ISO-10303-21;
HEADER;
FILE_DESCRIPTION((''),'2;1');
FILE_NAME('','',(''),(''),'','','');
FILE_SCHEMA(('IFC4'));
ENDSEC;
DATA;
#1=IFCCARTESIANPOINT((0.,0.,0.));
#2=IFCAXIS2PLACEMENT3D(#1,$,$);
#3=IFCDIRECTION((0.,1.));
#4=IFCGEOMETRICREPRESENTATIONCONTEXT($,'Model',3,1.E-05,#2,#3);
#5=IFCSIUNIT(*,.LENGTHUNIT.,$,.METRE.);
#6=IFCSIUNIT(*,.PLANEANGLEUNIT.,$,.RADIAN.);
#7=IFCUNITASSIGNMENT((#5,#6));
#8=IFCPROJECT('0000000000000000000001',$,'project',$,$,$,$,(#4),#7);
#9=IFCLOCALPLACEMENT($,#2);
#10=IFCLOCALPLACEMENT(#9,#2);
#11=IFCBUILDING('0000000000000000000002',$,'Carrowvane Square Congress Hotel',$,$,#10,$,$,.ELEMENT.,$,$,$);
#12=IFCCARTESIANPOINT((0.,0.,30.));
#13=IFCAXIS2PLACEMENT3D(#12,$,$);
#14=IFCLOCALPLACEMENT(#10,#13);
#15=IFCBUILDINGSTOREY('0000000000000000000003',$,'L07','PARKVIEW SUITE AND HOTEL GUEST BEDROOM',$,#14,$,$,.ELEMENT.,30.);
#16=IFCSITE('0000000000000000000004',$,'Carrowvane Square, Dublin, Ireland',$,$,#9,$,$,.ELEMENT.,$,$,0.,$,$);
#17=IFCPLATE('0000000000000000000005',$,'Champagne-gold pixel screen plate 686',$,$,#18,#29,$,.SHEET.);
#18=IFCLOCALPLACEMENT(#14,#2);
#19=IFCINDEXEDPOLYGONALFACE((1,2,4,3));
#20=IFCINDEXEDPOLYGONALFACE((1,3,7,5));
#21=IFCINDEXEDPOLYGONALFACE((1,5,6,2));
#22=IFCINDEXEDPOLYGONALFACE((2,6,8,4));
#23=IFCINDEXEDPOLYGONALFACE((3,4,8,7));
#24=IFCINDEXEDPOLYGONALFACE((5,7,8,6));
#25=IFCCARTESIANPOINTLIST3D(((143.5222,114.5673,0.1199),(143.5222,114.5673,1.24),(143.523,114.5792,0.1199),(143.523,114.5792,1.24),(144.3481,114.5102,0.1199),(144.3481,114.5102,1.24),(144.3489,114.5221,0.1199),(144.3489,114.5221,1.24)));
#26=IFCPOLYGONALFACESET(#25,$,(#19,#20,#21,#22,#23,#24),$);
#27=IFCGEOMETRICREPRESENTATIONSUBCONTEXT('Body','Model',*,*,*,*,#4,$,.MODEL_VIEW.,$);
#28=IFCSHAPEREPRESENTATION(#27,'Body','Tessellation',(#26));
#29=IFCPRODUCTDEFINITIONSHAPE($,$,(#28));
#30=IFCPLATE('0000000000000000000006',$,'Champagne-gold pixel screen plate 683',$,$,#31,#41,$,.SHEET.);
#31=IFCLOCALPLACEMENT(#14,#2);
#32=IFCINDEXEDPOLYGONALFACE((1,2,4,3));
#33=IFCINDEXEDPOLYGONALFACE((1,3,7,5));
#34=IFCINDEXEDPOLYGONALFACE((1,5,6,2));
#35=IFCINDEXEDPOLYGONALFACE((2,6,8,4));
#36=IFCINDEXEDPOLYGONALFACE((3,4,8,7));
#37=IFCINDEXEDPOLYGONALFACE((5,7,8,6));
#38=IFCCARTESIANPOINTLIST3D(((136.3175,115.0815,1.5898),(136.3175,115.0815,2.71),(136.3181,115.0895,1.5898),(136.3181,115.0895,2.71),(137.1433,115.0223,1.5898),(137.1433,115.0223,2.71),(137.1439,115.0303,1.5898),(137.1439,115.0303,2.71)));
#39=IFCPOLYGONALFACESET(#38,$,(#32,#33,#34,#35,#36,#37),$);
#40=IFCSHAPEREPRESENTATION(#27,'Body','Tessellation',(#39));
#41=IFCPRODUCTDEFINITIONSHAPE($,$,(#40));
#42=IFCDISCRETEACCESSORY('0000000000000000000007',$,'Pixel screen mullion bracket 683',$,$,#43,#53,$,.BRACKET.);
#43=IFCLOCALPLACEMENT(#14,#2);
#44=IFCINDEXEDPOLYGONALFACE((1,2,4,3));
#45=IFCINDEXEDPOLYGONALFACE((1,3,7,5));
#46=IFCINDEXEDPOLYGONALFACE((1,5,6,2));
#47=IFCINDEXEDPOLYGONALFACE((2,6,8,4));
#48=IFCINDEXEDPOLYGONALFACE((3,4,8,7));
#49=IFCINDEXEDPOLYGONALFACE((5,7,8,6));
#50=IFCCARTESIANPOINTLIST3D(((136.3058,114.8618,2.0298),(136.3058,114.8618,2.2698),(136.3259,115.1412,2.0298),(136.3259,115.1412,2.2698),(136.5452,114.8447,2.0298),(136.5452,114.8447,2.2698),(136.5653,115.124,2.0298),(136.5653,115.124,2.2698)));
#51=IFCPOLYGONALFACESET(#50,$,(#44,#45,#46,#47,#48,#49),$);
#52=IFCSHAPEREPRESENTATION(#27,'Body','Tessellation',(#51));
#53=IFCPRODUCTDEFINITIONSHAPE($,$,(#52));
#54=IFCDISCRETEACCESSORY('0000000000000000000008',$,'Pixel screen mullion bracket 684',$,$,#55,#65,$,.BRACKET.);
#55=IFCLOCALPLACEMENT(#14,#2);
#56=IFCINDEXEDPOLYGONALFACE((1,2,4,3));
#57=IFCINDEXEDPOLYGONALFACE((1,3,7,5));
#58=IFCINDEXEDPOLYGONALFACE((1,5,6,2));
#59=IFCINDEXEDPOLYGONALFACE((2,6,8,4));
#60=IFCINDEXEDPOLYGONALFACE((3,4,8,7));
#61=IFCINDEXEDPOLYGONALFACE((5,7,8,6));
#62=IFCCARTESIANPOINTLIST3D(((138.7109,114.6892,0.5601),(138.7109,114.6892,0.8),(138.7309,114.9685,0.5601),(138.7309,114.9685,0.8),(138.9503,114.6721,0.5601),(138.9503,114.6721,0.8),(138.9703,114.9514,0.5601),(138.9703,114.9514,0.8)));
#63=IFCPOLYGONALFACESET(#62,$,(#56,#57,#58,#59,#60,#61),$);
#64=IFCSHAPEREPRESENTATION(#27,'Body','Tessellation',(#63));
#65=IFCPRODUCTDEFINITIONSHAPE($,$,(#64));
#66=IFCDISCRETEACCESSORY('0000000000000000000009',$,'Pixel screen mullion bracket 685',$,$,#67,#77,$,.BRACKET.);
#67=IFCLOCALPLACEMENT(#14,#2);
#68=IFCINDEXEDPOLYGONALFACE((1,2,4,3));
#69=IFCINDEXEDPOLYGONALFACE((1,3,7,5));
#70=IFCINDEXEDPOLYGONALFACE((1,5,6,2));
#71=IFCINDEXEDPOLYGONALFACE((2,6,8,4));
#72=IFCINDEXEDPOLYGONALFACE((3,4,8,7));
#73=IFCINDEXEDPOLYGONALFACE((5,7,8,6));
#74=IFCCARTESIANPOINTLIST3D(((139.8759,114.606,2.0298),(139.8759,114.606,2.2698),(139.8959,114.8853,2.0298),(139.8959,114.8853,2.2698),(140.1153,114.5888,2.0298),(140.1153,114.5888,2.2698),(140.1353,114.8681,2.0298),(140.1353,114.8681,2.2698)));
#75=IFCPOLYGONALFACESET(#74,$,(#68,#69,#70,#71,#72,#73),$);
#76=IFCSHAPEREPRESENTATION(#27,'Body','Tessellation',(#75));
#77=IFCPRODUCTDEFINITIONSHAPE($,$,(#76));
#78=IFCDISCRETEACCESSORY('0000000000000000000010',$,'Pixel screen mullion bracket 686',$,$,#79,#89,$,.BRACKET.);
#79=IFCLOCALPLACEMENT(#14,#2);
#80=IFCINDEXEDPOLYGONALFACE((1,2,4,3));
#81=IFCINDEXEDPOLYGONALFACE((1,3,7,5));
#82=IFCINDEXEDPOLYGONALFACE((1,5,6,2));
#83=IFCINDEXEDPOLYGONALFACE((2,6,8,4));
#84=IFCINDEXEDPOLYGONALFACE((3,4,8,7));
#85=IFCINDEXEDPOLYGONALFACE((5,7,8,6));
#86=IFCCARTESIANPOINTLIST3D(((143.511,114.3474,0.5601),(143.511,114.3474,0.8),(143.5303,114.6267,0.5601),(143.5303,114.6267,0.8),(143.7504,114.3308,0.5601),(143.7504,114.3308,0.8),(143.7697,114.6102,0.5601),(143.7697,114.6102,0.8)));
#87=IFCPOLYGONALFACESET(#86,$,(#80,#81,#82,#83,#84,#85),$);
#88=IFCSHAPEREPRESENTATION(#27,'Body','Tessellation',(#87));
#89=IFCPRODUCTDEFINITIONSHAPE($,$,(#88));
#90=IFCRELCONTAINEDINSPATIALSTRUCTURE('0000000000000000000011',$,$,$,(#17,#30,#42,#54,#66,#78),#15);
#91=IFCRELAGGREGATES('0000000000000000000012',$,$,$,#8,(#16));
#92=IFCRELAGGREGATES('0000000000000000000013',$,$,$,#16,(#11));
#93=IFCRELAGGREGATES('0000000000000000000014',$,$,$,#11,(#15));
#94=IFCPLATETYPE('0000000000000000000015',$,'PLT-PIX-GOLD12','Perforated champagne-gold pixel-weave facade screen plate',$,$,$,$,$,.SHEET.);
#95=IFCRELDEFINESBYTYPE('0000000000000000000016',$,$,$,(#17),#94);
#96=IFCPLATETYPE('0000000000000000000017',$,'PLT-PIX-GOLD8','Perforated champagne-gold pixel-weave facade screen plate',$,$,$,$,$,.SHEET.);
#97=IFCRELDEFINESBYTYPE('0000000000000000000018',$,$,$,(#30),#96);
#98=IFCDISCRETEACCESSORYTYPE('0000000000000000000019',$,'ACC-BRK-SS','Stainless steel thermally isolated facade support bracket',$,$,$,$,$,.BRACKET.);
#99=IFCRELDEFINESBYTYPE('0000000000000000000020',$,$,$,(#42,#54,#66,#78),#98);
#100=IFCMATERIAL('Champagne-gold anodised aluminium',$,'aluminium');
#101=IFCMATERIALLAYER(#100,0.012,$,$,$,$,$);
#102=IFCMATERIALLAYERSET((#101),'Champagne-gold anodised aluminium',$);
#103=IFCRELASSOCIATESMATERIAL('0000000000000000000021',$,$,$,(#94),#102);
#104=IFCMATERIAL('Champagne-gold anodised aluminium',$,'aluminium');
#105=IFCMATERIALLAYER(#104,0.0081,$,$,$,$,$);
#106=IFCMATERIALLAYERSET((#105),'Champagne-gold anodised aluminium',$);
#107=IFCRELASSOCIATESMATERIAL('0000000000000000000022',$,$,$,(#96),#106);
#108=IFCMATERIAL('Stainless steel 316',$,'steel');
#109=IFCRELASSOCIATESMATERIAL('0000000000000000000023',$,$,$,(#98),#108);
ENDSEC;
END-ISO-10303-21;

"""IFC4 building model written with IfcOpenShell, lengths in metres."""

from ifc_helpers import new_model, si_unit, direction, frame, origin, origin_2d, place, context, subcontext, project, spatial, rectangle, extrude, material, layer, layer_set, type_object, element, save


model = new_model("IFC4")

# Units and contexts
model_context = context("Model", 3, precision=1e-05, world=origin(), true_north=direction((0.0, 1.0)))
body_context = subcontext(model_context, "Body", "Model", "MODEL_VIEW")
ifc_project = project(units=[si_unit("LENGTHUNIT", "METRE"), si_unit("PLANEANGLEUNIT", "RADIAN")], contexts=[model_context])

# Site, building, storey
site_placement = place(None, origin())
site = spatial("IfcSite", under=ifc_project, at=site_placement, Name="Carrowvane Square, Dublin, Ireland", CompositionType="ELEMENT", RefElevation=0.0)
building_placement = place(site_placement, origin())
building = spatial("IfcBuilding", under=site, at=building_placement, Name="Carrowvane Square Congress Hotel", CompositionType="ELEMENT")
storey_placement = place(building_placement, frame((0.0, 0.0, 30.0)))
storey = spatial("IfcBuildingStorey", under=building, at=storey_placement, Name="L07", Description="PARKVIEW SUITE AND HOTEL GUEST BEDROOM", CompositionType="ELEMENT", Elevation=30.0)

# Plates
ifc_material_1 = material(Name="Champagne-gold anodised aluminium", Category="aluminium")
ifc_layer_1 = layer(ifc_material_1, 0.012)
ifc_layer_set_1 = layer_set([ifc_layer_1], Name="Champagne-gold anodised aluminium")
plate_type_1 = type_object("IfcPlateType", Name="PLT-PIX-GOLD12", Description="Perforated champagne-gold pixel-weave facade screen plate", PredefinedType="SHEET", material=ifc_layer_set_1)
for number, where, z_axis, x_axis, name in (
    (1, (143.9355, 114.5447, 0.1199), (0.0, 0.0, 1.0), (0.997618, -0.068987, 0.0), "Champagne-gold pixel screen plate 686"),
):
    element("IfcPlate", number, at=place(storey_placement, frame(where, z_axis=z_axis, x_axis=x_axis)), inside=storey, type_object=plate_type_1, Name=name, PredefinedType="SHEET", context=body_context, shape_type="SweptSolid", body=[
        extrude(rectangle(XDim=0.8279, YDim=0.012, at=origin_2d()), origin(), (0.0, 0.0, 1.0), 1.1201),
    ])
ifc_material_2 = material(Name="Champagne-gold anodised aluminium", Category="aluminium")
ifc_layer_2 = layer(ifc_material_2, 0.0081)
ifc_layer_set_2 = layer_set([ifc_layer_2], Name="Champagne-gold anodised aluminium")
plate_type_2 = type_object("IfcPlateType", Name="PLT-PIX-GOLD8", Description="Perforated champagne-gold pixel-weave facade screen plate", PredefinedType="SHEET", material=ifc_layer_set_2)
plate_1_placement = place(storey_placement, frame((136.7307, 115.0559, 1.5898), z_axis=(0.0, 0.0, 1.0), x_axis=(0.997438, -0.071533, 0.0)))
element("IfcPlate", 2, at=plate_1_placement, inside=storey, type_object=plate_type_2, Name="Champagne-gold pixel screen plate 683", PredefinedType="SHEET", context=body_context, shape_type="SweptSolid", body=[
    extrude(rectangle(XDim=0.8279, YDim=0.0081, at=origin_2d()), origin(), (0.0, 0.0, 1.0), 1.1201),
])

# Discrete accessories
ifc_material_3 = material(Name="Stainless steel 316", Category="steel")
discrete_accessory_type = type_object("IfcDiscreteAccessoryType", Name="ACC-BRK-SS", Description="Stainless steel thermally isolated facade support bracket", PredefinedType="BRACKET", material=ifc_material_3)
for number, where, z_axis, x_axis, name in (
    (3, (136.4355, 114.9929, 2.0298), (0.0, 0.0, 1.0), (0.997438, -0.071533, 0.0), "Pixel screen mullion bracket 683"),
    (4, (138.8406, 114.8203, 0.5601), (0.0, 0.0, 1.0), (0.997446, -0.07142, 0.0), "Pixel screen mullion bracket 684"),
    (5, (140.0056, 114.7371, 2.0298), (0.0, 0.0, 1.0), (0.997446, -0.07142, 0.0), "Pixel screen mullion bracket 685"),
    (6, (143.6404, 114.4788, 0.5601), (0.0, 0.0, 1.0), (0.997618, -0.068987, 0.0), "Pixel screen mullion bracket 686"),
):
    element("IfcDiscreteAccessory", number, at=place(storey_placement, frame(where, z_axis=z_axis, x_axis=x_axis)), inside=storey, type_object=discrete_accessory_type, Name=name, PredefinedType="BRACKET", context=body_context, shape_type="SweptSolid", body=[
        extrude(rectangle(XDim=0.24, YDim=0.28, at=origin_2d()), origin(), (0.0, 0.0, 1.0), 0.24),
    ])

save(model, "model.ifc")
